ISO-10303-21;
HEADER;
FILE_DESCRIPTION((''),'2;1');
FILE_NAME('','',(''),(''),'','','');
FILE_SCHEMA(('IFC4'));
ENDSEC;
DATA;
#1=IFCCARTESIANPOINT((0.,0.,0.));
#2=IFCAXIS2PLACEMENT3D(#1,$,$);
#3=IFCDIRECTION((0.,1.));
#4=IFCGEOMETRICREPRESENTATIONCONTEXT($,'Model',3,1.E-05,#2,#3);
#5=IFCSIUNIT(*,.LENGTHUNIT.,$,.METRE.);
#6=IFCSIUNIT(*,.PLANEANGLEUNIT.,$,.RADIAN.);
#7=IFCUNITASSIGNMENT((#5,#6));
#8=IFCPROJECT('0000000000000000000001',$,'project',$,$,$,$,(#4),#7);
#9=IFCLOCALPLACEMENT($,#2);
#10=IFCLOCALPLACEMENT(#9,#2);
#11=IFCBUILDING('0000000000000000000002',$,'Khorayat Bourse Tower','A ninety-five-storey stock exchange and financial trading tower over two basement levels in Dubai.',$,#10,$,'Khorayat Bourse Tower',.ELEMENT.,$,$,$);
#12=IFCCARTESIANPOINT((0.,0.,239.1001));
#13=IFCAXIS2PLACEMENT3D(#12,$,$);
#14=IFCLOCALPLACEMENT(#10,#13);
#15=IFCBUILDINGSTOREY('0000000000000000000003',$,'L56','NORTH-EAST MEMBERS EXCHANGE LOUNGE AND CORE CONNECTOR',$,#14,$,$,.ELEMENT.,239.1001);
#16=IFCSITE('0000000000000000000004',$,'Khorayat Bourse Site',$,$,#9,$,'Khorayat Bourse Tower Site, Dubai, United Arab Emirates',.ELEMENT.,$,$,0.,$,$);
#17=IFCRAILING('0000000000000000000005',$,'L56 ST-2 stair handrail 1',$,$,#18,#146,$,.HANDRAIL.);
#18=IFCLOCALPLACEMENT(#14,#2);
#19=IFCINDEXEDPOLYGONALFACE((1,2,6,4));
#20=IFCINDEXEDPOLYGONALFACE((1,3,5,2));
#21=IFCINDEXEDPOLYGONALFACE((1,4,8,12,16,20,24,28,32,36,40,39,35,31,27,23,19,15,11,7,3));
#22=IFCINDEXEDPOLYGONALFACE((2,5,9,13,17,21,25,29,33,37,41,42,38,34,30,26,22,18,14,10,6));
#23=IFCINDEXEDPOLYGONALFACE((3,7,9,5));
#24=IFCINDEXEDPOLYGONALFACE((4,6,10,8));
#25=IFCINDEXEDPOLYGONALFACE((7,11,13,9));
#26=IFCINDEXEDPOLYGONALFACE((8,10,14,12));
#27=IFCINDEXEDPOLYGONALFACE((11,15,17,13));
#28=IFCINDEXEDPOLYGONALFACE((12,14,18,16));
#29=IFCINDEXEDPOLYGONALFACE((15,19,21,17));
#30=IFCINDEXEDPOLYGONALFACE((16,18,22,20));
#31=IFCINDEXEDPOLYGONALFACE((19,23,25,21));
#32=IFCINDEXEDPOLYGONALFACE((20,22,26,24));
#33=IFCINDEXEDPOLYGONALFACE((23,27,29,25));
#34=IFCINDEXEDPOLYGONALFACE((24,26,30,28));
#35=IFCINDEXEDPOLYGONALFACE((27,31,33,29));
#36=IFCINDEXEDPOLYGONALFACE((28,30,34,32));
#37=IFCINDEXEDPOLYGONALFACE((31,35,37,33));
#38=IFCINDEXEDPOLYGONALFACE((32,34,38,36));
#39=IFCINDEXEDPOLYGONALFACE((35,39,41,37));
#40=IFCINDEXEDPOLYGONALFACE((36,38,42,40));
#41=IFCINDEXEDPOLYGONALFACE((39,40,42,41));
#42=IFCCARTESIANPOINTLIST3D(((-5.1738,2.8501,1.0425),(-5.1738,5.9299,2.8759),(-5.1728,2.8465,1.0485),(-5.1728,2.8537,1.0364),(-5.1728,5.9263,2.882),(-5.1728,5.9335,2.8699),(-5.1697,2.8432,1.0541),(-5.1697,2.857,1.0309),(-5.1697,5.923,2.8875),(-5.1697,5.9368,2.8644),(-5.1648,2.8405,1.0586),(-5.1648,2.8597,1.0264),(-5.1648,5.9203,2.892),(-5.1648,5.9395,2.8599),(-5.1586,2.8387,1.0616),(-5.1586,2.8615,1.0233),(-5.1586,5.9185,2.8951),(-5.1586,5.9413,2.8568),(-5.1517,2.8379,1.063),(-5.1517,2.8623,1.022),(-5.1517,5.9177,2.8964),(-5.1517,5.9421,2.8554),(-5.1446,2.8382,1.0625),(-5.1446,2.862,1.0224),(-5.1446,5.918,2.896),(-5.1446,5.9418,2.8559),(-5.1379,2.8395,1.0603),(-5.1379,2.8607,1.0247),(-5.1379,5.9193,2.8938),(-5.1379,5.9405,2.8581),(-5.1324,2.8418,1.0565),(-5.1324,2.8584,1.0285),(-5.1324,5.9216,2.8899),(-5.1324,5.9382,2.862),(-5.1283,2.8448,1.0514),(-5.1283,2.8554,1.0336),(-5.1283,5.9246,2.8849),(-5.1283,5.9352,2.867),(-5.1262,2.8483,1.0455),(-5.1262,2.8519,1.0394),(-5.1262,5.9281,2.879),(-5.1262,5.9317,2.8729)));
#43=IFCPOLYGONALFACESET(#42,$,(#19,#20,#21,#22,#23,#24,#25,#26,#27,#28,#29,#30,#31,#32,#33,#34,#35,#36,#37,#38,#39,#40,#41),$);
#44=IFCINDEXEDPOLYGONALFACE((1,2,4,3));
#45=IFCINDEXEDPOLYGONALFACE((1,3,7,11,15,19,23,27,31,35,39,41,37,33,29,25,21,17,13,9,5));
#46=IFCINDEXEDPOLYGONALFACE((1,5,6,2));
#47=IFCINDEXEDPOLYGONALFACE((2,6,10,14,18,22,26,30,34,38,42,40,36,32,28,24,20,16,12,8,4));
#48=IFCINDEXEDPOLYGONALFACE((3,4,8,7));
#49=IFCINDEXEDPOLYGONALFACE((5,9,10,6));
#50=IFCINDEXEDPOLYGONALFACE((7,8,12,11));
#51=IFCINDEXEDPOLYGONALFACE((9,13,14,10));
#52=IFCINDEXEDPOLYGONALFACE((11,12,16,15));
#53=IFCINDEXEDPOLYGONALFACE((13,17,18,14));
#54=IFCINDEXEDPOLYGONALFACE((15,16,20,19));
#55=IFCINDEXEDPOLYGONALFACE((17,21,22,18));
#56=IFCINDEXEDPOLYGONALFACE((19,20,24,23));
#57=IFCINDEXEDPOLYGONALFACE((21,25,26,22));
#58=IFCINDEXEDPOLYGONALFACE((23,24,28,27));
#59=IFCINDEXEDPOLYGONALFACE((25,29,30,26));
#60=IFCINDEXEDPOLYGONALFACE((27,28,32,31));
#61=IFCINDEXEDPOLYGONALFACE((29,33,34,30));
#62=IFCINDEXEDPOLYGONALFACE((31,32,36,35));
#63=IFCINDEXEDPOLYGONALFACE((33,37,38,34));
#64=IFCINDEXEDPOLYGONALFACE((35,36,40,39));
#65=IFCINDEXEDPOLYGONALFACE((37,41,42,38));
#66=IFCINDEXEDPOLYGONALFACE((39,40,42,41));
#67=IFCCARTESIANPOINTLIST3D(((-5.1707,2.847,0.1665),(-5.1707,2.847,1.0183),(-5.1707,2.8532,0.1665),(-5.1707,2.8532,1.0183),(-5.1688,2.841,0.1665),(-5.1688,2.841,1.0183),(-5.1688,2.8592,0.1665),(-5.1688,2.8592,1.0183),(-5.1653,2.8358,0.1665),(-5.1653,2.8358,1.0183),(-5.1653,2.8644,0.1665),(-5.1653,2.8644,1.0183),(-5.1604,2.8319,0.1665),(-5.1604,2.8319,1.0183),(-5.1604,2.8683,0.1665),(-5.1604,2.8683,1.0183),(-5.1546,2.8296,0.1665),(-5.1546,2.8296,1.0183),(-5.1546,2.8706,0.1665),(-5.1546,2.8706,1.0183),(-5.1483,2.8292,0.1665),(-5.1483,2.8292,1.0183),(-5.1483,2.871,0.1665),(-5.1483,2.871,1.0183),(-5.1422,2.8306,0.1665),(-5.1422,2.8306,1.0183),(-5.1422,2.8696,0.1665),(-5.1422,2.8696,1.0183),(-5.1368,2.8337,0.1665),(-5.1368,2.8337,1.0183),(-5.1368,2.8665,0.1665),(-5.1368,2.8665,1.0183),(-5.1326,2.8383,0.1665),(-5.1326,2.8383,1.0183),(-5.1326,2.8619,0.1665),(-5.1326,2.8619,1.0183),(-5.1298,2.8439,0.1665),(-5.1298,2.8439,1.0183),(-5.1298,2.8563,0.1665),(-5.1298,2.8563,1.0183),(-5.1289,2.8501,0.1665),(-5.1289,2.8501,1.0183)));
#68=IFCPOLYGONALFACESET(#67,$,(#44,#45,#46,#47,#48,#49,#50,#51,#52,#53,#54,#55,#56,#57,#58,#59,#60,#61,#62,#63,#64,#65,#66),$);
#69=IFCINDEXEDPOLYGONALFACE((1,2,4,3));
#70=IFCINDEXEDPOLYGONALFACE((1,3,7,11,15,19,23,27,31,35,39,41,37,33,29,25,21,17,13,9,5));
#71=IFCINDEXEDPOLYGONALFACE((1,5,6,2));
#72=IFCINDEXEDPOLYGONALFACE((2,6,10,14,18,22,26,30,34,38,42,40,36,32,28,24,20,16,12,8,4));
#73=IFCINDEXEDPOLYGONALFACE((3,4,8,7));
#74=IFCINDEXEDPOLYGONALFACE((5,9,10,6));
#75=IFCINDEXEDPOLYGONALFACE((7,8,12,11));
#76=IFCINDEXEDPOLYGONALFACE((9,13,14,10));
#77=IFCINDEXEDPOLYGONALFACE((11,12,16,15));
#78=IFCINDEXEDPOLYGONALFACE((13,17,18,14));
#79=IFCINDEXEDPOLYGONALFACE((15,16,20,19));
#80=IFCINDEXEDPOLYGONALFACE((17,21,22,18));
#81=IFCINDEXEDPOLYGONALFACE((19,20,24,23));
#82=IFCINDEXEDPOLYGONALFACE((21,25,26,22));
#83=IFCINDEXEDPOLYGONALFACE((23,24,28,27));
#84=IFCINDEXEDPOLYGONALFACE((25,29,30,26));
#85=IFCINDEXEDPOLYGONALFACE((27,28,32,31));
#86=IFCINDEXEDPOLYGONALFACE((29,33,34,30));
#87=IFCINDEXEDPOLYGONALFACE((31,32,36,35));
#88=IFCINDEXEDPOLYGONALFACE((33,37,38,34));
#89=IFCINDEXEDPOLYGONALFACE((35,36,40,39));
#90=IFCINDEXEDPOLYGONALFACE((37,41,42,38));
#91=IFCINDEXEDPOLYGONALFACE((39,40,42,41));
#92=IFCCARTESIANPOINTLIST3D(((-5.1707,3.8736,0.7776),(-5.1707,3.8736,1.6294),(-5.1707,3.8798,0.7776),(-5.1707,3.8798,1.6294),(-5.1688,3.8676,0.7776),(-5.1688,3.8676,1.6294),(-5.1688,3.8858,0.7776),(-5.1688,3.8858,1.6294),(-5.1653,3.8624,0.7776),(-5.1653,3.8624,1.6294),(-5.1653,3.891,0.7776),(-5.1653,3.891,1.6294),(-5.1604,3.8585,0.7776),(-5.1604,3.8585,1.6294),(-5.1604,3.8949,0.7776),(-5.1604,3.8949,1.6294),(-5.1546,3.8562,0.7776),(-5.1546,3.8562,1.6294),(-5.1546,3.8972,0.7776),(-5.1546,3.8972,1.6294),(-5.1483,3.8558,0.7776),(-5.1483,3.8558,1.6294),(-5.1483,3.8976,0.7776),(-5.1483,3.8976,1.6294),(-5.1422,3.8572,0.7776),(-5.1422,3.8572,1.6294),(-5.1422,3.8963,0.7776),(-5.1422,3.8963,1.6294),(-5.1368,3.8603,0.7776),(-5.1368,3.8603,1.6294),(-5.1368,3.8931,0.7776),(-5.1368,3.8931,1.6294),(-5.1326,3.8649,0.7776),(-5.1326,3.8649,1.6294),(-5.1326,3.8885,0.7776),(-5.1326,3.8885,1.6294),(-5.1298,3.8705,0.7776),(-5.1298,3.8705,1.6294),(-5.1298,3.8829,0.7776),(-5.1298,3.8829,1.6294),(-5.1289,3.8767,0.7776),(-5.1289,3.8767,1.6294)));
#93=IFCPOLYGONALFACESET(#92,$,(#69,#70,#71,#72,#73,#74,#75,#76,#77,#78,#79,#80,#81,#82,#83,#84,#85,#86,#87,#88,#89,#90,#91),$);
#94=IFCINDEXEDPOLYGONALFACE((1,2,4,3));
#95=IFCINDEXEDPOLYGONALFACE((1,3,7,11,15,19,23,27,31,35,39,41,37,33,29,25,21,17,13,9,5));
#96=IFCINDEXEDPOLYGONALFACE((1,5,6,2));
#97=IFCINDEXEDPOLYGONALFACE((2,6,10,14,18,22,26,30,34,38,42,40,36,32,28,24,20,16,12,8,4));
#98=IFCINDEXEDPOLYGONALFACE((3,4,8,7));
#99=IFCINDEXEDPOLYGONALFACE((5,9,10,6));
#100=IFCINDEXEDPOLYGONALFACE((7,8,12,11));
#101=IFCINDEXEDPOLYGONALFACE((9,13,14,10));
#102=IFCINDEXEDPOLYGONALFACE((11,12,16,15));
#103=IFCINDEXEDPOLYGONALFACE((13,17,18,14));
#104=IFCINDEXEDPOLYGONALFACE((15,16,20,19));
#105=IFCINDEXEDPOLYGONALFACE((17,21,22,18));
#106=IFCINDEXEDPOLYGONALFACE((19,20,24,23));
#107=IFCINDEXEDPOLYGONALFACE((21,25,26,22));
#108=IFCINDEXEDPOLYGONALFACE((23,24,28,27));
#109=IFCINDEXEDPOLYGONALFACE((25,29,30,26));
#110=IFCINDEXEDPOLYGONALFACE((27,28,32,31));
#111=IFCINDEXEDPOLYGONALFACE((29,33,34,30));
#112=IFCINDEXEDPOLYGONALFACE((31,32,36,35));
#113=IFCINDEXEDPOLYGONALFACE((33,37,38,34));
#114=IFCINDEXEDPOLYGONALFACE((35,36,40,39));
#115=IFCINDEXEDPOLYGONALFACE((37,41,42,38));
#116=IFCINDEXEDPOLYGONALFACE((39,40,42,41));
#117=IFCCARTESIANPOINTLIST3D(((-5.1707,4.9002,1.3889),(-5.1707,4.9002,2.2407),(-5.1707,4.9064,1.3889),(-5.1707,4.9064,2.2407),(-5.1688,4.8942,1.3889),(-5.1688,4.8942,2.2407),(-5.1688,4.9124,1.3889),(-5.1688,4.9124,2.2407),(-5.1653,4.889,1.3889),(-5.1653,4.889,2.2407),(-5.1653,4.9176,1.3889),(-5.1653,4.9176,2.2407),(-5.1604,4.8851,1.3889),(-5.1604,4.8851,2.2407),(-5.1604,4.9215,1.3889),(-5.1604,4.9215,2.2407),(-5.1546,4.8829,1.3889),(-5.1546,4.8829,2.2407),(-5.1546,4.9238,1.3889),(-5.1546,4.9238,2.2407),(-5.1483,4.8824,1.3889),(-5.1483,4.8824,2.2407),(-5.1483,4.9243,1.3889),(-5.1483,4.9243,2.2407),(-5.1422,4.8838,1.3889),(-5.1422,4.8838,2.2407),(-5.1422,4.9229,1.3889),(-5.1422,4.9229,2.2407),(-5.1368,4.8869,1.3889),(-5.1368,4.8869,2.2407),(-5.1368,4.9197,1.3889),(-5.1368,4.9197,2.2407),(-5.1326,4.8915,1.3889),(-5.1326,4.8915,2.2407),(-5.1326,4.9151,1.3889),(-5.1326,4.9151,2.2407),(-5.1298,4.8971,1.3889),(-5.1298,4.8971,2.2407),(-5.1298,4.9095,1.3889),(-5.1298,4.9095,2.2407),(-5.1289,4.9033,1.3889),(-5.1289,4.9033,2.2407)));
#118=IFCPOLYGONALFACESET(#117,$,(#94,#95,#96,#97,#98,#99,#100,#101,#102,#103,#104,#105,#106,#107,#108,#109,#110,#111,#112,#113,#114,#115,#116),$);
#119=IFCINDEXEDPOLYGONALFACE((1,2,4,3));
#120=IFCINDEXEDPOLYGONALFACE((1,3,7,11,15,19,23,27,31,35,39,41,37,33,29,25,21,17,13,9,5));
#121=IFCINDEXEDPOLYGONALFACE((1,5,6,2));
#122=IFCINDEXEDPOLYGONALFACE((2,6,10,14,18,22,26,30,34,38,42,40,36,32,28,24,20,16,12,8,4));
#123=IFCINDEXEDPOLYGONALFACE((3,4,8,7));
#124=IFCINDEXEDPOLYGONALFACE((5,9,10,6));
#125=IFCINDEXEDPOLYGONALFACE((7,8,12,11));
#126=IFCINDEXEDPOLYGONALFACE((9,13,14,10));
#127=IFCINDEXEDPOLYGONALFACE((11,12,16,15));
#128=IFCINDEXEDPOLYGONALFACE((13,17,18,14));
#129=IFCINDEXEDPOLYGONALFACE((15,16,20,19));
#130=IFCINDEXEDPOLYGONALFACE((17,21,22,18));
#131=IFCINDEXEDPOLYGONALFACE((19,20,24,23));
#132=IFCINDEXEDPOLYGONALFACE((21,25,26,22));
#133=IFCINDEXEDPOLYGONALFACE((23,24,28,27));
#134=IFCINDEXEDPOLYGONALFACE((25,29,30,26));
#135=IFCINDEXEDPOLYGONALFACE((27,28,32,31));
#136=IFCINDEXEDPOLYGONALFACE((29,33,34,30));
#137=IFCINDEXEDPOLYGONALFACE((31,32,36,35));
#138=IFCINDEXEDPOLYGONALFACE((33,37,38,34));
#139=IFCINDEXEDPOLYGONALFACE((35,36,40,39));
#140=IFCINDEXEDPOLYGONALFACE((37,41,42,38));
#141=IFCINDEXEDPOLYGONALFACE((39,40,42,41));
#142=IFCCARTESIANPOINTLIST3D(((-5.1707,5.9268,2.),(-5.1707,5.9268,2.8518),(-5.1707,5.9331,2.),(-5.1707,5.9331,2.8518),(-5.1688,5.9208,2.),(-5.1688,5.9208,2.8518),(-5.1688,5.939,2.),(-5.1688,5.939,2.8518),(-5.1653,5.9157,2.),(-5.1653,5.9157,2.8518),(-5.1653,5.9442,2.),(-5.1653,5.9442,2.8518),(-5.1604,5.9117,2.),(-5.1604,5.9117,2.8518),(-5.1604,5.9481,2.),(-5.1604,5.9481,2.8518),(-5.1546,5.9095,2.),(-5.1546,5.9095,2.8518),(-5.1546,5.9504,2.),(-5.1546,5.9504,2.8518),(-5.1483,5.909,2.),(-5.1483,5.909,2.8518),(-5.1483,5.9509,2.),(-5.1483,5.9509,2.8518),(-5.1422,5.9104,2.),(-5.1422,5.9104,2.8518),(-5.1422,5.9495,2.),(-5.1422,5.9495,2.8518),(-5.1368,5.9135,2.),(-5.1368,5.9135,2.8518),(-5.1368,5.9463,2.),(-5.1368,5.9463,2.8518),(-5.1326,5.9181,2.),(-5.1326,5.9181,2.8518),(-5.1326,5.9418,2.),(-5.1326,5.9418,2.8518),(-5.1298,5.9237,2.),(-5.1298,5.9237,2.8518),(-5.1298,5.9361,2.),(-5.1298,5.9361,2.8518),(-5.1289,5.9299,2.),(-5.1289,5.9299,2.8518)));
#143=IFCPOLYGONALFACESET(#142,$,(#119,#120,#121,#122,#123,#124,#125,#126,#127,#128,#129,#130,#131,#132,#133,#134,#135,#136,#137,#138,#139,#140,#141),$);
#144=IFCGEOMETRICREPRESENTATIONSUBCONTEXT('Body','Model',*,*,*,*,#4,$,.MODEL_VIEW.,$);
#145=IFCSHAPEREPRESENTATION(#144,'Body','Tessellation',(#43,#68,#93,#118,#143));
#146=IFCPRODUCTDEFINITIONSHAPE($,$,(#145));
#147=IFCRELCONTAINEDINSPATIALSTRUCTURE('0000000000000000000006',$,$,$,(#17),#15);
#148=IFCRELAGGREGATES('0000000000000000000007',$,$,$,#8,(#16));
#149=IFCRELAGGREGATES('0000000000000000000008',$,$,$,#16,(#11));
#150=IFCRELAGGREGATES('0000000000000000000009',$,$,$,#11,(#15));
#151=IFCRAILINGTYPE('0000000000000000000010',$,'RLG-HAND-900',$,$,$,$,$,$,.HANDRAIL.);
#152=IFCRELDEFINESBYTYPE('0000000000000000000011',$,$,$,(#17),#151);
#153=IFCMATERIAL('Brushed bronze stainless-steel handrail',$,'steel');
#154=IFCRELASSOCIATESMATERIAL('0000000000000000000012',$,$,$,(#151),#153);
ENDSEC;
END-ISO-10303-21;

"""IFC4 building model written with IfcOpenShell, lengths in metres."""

from ifc_helpers import new_model, si_unit, direction, frame, origin, origin_2d, place, context, subcontext, project, spatial, circle, extrude, source, transform, mapped, material, type_object, element, save


model = new_model("IFC4")

# Units and contexts
model_context = context("Model", 3, precision=1e-05, world=origin(), true_north=direction((0.0, 1.0)))
body_context = subcontext(model_context, "Body", "Model", "MODEL_VIEW")
ifc_project = project(units=[si_unit("LENGTHUNIT", "METRE"), si_unit("PLANEANGLEUNIT", "RADIAN")], contexts=[model_context])

# Site, building, storey
site_placement = place(None, origin())
site = spatial("IfcSite", under=ifc_project, at=site_placement, Name="Khorayat Bourse Site", LongName="Khorayat Bourse Tower Site, Dubai, United Arab Emirates", CompositionType="ELEMENT", RefElevation=0.0)
building_placement = place(site_placement, origin())
building = spatial("IfcBuilding", under=site, at=building_placement, Name="Khorayat Bourse Tower", Description="A ninety-five-storey stock exchange and financial trading tower over two basement levels in Dubai.", LongName="Khorayat Bourse Tower", CompositionType="ELEMENT")
storey_placement = place(building_placement, frame((0.0, 0.0, 239.1001)))
storey = spatial("IfcBuildingStorey", under=building, at=storey_placement, Name="L56", Description="NORTH-EAST MEMBERS EXCHANGE LOUNGE AND CORE CONNECTOR", CompositionType="ELEMENT", Elevation=239.1001)

# Railing
ifc_material_1 = material(Name="Brushed bronze stainless-steel handrail", Category="steel")
railing_type_1 = type_object("IfcRailingType", Name="RLG-HAND-900", PredefinedType="HANDRAIL", material=ifc_material_1)
shared_shape_1 = source(origin(), body_context, "Body", "SweptSolid", [
    extrude(circle(Radius=0.0239, at=origin_2d()), frame((0.0, 0.0, 0.876), z_axis=(0.0, 0.859261, 0.511538), x_axis=(-1.0, 0.0, 0.0)), (0.0, 0.0, 1.0), 3.5842),
    extrude(circle(Radius=0.021, at=origin_2d()), origin(), (0.0, 0.0, 1.0), 0.8518),
    extrude(circle(Radius=0.021, at=origin_2d()), frame((0.0, 1.0266, 0.6111)), (0.0, 0.0, 1.0), 0.8518),
    extrude(circle(Radius=0.021, at=origin_2d()), frame((0.0, 2.0532, 1.2224)), (0.0, 0.0, 1.0), 0.8518),
    extrude(circle(Radius=0.021, at=origin_2d()), frame((0.0, 3.0798, 1.8335)), (0.0, 0.0, 1.0), 0.8518),
])
railing_1_placement = place(storey_placement, frame((-5.1499, 2.8501, 0.1665)))
element("IfcRailing", 1, at=railing_1_placement, inside=storey, type_object=railing_type_1, Name="L56 ST-2 stair handrail 1", PredefinedType="HANDRAIL", context=body_context, shape_type="MappedRepresentation", body=[
    mapped(shared_shape_1, transform((0.0, 0.0, 0.0), scale=1.0)),
])

save(model, "model.ifc")
